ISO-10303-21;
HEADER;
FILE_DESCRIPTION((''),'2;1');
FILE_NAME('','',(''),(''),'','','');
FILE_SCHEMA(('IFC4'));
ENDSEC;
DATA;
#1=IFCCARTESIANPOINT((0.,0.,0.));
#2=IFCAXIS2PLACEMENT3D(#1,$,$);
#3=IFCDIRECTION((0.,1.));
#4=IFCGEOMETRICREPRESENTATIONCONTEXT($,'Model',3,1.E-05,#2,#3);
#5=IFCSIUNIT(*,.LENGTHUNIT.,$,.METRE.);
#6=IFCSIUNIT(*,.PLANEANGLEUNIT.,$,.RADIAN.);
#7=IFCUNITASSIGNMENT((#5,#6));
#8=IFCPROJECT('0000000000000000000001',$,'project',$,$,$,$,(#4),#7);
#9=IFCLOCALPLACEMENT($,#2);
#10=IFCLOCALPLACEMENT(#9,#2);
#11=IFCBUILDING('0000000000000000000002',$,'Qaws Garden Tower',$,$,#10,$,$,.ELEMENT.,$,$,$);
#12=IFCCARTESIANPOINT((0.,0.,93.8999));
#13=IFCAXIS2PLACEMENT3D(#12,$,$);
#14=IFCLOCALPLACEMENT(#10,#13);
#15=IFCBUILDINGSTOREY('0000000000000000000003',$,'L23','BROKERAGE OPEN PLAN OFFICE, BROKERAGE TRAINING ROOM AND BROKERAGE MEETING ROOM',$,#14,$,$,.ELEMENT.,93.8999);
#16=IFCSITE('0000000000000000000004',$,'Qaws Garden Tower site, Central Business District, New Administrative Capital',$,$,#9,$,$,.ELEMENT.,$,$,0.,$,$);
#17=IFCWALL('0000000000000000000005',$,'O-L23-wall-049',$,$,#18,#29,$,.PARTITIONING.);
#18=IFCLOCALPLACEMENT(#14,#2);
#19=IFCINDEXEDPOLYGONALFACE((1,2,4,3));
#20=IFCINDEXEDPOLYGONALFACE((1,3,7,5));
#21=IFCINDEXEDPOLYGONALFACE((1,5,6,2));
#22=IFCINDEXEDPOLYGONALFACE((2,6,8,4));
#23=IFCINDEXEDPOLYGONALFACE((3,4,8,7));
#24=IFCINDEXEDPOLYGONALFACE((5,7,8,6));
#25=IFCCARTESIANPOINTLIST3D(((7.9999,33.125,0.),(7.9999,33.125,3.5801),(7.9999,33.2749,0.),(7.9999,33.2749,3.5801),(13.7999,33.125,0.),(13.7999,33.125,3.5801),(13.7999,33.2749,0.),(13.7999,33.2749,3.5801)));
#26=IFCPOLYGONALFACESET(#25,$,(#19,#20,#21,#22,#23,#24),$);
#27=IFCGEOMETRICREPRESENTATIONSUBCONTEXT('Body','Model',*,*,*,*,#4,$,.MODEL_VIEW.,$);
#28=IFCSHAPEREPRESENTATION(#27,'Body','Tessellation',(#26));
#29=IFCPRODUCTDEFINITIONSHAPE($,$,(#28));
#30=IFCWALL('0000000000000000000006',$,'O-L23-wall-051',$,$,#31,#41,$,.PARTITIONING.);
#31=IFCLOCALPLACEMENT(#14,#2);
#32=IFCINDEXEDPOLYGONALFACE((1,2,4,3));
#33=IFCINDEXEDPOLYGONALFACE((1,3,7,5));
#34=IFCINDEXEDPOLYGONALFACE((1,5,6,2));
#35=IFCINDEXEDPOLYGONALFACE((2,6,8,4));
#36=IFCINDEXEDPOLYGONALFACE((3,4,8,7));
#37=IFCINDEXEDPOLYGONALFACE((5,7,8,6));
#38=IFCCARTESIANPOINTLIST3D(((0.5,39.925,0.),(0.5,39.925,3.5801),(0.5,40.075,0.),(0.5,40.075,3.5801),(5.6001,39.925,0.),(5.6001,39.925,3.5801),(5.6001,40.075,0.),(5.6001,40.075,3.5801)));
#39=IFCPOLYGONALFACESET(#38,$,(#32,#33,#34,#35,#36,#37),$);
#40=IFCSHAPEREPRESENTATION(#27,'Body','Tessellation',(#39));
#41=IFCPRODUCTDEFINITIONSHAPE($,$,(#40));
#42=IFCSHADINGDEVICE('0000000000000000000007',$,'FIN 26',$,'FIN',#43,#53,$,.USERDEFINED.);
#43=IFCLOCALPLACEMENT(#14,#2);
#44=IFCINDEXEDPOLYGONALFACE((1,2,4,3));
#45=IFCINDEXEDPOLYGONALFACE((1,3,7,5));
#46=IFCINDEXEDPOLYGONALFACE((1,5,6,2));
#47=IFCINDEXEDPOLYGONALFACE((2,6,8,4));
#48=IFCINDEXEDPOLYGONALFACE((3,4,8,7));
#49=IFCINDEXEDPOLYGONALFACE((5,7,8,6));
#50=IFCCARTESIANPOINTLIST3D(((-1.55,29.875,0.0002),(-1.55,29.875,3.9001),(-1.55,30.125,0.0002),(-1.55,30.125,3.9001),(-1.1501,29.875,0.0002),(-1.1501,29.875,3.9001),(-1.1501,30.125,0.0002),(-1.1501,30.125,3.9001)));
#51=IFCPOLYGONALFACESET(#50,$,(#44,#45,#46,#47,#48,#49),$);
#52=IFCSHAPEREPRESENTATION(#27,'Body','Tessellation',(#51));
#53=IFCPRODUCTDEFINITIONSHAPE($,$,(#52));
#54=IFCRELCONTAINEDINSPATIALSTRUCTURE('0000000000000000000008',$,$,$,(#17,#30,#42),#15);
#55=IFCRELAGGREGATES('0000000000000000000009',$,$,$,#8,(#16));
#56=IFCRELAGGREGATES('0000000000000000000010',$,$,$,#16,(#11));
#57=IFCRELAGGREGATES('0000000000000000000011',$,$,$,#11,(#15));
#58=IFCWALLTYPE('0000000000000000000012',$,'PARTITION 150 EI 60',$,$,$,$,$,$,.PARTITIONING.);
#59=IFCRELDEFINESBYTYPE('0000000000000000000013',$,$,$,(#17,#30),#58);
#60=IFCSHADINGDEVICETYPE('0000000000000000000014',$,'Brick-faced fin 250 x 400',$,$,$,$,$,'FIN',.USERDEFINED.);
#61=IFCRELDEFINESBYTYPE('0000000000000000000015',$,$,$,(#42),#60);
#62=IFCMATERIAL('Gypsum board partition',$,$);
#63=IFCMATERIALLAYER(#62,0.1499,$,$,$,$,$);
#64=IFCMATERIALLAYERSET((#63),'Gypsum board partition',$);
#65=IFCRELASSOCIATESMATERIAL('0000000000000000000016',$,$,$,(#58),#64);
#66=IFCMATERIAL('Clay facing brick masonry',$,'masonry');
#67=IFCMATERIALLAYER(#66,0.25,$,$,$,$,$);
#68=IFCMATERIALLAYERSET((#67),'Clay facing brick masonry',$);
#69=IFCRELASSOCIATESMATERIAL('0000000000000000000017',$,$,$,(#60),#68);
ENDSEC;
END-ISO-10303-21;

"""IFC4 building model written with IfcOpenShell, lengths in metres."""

from ifc_helpers import new_model, si_unit, direction, frame, frame_2d, origin, origin_2d, place, context, subcontext, project, spatial, rectangle, extrude, material, layer, layer_set, type_object, element, save


model = new_model("IFC4")

# Units and contexts
model_context = context("Model", 3, precision=1e-05, world=origin(), true_north=direction((0.0, 1.0)))
body_context = subcontext(model_context, "Body", "Model", "MODEL_VIEW")
ifc_project = project(units=[si_unit("LENGTHUNIT", "METRE"), si_unit("PLANEANGLEUNIT", "RADIAN")], contexts=[model_context])

# Site, building, storey
site_placement = place(None, origin())
site = spatial("IfcSite", under=ifc_project, at=site_placement, Name="Qaws Garden Tower site, Central Business District, New Administrative Capital", CompositionType="ELEMENT", RefElevation=0.0)
building_placement = place(site_placement, origin())
building = spatial("IfcBuilding", under=site, at=building_placement, Name="Qaws Garden Tower", CompositionType="ELEMENT")
storey_placement = place(building_placement, frame((0.0, 0.0, 93.8999)))
storey = spatial("IfcBuildingStorey", under=building, at=storey_placement, Name="L23", Description="BROKERAGE OPEN PLAN OFFICE, BROKERAGE TRAINING ROOM AND BROKERAGE MEETING ROOM", CompositionType="ELEMENT", Elevation=93.8999)

# Shared definitions
ifc_material_1 = material(Name="Gypsum board partition")
ifc_layer_1 = layer(ifc_material_1, 0.1499)
ifc_layer_set_1 = layer_set([ifc_layer_1], Name="Gypsum board partition")
wall_type_1 = type_object("IfcWallType", Name="PARTITION 150 EI 60", PredefinedType="PARTITIONING", material=ifc_layer_set_1)

# Walls
wall_1_placement = place(storey_placement, frame((8.0, 33.2, 0.0), z_axis=(0.0, 0.0, 1.0), x_axis=(1.0, 0.0, 0.0)))
element("IfcWall", 1, at=wall_1_placement, inside=storey, type_object=wall_type_1, Name="O-L23-wall-049", PredefinedType="PARTITIONING", context=body_context, shape_type="SweptSolid", body=[
    extrude(rectangle(XDim=5.8, YDim=0.1499, at=frame_2d((2.8999, 0.0))), origin(), (0.0, 0.0, 1.0), 3.5801),
])
wall_2_placement = place(storey_placement, frame((0.5, 40.0, 0.0), z_axis=(0.0, 0.0, 1.0), x_axis=(1.0, 0.0, 0.0)))
element("IfcWall", 2, at=wall_2_placement, inside=storey, type_object=wall_type_1, Name="O-L23-wall-051", PredefinedType="PARTITIONING", context=body_context, shape_type="SweptSolid", body=[
    extrude(rectangle(XDim=5.1001, YDim=0.1499, at=frame_2d((2.55, 0.0))), origin(), (0.0, 0.0, 1.0), 3.5801),
])

# Shading device
ifc_material_2 = material(Name="Clay facing brick masonry", Category="masonry")
ifc_layer_2 = layer(ifc_material_2, 0.25)
ifc_layer_set_2 = layer_set([ifc_layer_2], Name="Clay facing brick masonry")
shading_device_type = type_object("IfcShadingDeviceType", Name="Brick-faced fin 250 x 400", ElementType="FIN", PredefinedType="USERDEFINED", material=ifc_layer_set_2)
shading_device_placement = place(storey_placement, frame((-1.3501, 30.0, 0.0002), z_axis=(0.0, 0.0, 1.0), x_axis=(0.0, -1.0, 0.0)))
element("IfcShadingDevice", 3, at=shading_device_placement, inside=storey, type_object=shading_device_type, Name="FIN 26", ObjectType="FIN", PredefinedType="USERDEFINED", context=body_context, shape_type="SweptSolid", body=[
    extrude(rectangle(XDim=0.25, YDim=0.3999, at=origin_2d()), origin(), (0.0, 0.0, 1.0), 3.8999),
])

save(model, "model.ifc")
